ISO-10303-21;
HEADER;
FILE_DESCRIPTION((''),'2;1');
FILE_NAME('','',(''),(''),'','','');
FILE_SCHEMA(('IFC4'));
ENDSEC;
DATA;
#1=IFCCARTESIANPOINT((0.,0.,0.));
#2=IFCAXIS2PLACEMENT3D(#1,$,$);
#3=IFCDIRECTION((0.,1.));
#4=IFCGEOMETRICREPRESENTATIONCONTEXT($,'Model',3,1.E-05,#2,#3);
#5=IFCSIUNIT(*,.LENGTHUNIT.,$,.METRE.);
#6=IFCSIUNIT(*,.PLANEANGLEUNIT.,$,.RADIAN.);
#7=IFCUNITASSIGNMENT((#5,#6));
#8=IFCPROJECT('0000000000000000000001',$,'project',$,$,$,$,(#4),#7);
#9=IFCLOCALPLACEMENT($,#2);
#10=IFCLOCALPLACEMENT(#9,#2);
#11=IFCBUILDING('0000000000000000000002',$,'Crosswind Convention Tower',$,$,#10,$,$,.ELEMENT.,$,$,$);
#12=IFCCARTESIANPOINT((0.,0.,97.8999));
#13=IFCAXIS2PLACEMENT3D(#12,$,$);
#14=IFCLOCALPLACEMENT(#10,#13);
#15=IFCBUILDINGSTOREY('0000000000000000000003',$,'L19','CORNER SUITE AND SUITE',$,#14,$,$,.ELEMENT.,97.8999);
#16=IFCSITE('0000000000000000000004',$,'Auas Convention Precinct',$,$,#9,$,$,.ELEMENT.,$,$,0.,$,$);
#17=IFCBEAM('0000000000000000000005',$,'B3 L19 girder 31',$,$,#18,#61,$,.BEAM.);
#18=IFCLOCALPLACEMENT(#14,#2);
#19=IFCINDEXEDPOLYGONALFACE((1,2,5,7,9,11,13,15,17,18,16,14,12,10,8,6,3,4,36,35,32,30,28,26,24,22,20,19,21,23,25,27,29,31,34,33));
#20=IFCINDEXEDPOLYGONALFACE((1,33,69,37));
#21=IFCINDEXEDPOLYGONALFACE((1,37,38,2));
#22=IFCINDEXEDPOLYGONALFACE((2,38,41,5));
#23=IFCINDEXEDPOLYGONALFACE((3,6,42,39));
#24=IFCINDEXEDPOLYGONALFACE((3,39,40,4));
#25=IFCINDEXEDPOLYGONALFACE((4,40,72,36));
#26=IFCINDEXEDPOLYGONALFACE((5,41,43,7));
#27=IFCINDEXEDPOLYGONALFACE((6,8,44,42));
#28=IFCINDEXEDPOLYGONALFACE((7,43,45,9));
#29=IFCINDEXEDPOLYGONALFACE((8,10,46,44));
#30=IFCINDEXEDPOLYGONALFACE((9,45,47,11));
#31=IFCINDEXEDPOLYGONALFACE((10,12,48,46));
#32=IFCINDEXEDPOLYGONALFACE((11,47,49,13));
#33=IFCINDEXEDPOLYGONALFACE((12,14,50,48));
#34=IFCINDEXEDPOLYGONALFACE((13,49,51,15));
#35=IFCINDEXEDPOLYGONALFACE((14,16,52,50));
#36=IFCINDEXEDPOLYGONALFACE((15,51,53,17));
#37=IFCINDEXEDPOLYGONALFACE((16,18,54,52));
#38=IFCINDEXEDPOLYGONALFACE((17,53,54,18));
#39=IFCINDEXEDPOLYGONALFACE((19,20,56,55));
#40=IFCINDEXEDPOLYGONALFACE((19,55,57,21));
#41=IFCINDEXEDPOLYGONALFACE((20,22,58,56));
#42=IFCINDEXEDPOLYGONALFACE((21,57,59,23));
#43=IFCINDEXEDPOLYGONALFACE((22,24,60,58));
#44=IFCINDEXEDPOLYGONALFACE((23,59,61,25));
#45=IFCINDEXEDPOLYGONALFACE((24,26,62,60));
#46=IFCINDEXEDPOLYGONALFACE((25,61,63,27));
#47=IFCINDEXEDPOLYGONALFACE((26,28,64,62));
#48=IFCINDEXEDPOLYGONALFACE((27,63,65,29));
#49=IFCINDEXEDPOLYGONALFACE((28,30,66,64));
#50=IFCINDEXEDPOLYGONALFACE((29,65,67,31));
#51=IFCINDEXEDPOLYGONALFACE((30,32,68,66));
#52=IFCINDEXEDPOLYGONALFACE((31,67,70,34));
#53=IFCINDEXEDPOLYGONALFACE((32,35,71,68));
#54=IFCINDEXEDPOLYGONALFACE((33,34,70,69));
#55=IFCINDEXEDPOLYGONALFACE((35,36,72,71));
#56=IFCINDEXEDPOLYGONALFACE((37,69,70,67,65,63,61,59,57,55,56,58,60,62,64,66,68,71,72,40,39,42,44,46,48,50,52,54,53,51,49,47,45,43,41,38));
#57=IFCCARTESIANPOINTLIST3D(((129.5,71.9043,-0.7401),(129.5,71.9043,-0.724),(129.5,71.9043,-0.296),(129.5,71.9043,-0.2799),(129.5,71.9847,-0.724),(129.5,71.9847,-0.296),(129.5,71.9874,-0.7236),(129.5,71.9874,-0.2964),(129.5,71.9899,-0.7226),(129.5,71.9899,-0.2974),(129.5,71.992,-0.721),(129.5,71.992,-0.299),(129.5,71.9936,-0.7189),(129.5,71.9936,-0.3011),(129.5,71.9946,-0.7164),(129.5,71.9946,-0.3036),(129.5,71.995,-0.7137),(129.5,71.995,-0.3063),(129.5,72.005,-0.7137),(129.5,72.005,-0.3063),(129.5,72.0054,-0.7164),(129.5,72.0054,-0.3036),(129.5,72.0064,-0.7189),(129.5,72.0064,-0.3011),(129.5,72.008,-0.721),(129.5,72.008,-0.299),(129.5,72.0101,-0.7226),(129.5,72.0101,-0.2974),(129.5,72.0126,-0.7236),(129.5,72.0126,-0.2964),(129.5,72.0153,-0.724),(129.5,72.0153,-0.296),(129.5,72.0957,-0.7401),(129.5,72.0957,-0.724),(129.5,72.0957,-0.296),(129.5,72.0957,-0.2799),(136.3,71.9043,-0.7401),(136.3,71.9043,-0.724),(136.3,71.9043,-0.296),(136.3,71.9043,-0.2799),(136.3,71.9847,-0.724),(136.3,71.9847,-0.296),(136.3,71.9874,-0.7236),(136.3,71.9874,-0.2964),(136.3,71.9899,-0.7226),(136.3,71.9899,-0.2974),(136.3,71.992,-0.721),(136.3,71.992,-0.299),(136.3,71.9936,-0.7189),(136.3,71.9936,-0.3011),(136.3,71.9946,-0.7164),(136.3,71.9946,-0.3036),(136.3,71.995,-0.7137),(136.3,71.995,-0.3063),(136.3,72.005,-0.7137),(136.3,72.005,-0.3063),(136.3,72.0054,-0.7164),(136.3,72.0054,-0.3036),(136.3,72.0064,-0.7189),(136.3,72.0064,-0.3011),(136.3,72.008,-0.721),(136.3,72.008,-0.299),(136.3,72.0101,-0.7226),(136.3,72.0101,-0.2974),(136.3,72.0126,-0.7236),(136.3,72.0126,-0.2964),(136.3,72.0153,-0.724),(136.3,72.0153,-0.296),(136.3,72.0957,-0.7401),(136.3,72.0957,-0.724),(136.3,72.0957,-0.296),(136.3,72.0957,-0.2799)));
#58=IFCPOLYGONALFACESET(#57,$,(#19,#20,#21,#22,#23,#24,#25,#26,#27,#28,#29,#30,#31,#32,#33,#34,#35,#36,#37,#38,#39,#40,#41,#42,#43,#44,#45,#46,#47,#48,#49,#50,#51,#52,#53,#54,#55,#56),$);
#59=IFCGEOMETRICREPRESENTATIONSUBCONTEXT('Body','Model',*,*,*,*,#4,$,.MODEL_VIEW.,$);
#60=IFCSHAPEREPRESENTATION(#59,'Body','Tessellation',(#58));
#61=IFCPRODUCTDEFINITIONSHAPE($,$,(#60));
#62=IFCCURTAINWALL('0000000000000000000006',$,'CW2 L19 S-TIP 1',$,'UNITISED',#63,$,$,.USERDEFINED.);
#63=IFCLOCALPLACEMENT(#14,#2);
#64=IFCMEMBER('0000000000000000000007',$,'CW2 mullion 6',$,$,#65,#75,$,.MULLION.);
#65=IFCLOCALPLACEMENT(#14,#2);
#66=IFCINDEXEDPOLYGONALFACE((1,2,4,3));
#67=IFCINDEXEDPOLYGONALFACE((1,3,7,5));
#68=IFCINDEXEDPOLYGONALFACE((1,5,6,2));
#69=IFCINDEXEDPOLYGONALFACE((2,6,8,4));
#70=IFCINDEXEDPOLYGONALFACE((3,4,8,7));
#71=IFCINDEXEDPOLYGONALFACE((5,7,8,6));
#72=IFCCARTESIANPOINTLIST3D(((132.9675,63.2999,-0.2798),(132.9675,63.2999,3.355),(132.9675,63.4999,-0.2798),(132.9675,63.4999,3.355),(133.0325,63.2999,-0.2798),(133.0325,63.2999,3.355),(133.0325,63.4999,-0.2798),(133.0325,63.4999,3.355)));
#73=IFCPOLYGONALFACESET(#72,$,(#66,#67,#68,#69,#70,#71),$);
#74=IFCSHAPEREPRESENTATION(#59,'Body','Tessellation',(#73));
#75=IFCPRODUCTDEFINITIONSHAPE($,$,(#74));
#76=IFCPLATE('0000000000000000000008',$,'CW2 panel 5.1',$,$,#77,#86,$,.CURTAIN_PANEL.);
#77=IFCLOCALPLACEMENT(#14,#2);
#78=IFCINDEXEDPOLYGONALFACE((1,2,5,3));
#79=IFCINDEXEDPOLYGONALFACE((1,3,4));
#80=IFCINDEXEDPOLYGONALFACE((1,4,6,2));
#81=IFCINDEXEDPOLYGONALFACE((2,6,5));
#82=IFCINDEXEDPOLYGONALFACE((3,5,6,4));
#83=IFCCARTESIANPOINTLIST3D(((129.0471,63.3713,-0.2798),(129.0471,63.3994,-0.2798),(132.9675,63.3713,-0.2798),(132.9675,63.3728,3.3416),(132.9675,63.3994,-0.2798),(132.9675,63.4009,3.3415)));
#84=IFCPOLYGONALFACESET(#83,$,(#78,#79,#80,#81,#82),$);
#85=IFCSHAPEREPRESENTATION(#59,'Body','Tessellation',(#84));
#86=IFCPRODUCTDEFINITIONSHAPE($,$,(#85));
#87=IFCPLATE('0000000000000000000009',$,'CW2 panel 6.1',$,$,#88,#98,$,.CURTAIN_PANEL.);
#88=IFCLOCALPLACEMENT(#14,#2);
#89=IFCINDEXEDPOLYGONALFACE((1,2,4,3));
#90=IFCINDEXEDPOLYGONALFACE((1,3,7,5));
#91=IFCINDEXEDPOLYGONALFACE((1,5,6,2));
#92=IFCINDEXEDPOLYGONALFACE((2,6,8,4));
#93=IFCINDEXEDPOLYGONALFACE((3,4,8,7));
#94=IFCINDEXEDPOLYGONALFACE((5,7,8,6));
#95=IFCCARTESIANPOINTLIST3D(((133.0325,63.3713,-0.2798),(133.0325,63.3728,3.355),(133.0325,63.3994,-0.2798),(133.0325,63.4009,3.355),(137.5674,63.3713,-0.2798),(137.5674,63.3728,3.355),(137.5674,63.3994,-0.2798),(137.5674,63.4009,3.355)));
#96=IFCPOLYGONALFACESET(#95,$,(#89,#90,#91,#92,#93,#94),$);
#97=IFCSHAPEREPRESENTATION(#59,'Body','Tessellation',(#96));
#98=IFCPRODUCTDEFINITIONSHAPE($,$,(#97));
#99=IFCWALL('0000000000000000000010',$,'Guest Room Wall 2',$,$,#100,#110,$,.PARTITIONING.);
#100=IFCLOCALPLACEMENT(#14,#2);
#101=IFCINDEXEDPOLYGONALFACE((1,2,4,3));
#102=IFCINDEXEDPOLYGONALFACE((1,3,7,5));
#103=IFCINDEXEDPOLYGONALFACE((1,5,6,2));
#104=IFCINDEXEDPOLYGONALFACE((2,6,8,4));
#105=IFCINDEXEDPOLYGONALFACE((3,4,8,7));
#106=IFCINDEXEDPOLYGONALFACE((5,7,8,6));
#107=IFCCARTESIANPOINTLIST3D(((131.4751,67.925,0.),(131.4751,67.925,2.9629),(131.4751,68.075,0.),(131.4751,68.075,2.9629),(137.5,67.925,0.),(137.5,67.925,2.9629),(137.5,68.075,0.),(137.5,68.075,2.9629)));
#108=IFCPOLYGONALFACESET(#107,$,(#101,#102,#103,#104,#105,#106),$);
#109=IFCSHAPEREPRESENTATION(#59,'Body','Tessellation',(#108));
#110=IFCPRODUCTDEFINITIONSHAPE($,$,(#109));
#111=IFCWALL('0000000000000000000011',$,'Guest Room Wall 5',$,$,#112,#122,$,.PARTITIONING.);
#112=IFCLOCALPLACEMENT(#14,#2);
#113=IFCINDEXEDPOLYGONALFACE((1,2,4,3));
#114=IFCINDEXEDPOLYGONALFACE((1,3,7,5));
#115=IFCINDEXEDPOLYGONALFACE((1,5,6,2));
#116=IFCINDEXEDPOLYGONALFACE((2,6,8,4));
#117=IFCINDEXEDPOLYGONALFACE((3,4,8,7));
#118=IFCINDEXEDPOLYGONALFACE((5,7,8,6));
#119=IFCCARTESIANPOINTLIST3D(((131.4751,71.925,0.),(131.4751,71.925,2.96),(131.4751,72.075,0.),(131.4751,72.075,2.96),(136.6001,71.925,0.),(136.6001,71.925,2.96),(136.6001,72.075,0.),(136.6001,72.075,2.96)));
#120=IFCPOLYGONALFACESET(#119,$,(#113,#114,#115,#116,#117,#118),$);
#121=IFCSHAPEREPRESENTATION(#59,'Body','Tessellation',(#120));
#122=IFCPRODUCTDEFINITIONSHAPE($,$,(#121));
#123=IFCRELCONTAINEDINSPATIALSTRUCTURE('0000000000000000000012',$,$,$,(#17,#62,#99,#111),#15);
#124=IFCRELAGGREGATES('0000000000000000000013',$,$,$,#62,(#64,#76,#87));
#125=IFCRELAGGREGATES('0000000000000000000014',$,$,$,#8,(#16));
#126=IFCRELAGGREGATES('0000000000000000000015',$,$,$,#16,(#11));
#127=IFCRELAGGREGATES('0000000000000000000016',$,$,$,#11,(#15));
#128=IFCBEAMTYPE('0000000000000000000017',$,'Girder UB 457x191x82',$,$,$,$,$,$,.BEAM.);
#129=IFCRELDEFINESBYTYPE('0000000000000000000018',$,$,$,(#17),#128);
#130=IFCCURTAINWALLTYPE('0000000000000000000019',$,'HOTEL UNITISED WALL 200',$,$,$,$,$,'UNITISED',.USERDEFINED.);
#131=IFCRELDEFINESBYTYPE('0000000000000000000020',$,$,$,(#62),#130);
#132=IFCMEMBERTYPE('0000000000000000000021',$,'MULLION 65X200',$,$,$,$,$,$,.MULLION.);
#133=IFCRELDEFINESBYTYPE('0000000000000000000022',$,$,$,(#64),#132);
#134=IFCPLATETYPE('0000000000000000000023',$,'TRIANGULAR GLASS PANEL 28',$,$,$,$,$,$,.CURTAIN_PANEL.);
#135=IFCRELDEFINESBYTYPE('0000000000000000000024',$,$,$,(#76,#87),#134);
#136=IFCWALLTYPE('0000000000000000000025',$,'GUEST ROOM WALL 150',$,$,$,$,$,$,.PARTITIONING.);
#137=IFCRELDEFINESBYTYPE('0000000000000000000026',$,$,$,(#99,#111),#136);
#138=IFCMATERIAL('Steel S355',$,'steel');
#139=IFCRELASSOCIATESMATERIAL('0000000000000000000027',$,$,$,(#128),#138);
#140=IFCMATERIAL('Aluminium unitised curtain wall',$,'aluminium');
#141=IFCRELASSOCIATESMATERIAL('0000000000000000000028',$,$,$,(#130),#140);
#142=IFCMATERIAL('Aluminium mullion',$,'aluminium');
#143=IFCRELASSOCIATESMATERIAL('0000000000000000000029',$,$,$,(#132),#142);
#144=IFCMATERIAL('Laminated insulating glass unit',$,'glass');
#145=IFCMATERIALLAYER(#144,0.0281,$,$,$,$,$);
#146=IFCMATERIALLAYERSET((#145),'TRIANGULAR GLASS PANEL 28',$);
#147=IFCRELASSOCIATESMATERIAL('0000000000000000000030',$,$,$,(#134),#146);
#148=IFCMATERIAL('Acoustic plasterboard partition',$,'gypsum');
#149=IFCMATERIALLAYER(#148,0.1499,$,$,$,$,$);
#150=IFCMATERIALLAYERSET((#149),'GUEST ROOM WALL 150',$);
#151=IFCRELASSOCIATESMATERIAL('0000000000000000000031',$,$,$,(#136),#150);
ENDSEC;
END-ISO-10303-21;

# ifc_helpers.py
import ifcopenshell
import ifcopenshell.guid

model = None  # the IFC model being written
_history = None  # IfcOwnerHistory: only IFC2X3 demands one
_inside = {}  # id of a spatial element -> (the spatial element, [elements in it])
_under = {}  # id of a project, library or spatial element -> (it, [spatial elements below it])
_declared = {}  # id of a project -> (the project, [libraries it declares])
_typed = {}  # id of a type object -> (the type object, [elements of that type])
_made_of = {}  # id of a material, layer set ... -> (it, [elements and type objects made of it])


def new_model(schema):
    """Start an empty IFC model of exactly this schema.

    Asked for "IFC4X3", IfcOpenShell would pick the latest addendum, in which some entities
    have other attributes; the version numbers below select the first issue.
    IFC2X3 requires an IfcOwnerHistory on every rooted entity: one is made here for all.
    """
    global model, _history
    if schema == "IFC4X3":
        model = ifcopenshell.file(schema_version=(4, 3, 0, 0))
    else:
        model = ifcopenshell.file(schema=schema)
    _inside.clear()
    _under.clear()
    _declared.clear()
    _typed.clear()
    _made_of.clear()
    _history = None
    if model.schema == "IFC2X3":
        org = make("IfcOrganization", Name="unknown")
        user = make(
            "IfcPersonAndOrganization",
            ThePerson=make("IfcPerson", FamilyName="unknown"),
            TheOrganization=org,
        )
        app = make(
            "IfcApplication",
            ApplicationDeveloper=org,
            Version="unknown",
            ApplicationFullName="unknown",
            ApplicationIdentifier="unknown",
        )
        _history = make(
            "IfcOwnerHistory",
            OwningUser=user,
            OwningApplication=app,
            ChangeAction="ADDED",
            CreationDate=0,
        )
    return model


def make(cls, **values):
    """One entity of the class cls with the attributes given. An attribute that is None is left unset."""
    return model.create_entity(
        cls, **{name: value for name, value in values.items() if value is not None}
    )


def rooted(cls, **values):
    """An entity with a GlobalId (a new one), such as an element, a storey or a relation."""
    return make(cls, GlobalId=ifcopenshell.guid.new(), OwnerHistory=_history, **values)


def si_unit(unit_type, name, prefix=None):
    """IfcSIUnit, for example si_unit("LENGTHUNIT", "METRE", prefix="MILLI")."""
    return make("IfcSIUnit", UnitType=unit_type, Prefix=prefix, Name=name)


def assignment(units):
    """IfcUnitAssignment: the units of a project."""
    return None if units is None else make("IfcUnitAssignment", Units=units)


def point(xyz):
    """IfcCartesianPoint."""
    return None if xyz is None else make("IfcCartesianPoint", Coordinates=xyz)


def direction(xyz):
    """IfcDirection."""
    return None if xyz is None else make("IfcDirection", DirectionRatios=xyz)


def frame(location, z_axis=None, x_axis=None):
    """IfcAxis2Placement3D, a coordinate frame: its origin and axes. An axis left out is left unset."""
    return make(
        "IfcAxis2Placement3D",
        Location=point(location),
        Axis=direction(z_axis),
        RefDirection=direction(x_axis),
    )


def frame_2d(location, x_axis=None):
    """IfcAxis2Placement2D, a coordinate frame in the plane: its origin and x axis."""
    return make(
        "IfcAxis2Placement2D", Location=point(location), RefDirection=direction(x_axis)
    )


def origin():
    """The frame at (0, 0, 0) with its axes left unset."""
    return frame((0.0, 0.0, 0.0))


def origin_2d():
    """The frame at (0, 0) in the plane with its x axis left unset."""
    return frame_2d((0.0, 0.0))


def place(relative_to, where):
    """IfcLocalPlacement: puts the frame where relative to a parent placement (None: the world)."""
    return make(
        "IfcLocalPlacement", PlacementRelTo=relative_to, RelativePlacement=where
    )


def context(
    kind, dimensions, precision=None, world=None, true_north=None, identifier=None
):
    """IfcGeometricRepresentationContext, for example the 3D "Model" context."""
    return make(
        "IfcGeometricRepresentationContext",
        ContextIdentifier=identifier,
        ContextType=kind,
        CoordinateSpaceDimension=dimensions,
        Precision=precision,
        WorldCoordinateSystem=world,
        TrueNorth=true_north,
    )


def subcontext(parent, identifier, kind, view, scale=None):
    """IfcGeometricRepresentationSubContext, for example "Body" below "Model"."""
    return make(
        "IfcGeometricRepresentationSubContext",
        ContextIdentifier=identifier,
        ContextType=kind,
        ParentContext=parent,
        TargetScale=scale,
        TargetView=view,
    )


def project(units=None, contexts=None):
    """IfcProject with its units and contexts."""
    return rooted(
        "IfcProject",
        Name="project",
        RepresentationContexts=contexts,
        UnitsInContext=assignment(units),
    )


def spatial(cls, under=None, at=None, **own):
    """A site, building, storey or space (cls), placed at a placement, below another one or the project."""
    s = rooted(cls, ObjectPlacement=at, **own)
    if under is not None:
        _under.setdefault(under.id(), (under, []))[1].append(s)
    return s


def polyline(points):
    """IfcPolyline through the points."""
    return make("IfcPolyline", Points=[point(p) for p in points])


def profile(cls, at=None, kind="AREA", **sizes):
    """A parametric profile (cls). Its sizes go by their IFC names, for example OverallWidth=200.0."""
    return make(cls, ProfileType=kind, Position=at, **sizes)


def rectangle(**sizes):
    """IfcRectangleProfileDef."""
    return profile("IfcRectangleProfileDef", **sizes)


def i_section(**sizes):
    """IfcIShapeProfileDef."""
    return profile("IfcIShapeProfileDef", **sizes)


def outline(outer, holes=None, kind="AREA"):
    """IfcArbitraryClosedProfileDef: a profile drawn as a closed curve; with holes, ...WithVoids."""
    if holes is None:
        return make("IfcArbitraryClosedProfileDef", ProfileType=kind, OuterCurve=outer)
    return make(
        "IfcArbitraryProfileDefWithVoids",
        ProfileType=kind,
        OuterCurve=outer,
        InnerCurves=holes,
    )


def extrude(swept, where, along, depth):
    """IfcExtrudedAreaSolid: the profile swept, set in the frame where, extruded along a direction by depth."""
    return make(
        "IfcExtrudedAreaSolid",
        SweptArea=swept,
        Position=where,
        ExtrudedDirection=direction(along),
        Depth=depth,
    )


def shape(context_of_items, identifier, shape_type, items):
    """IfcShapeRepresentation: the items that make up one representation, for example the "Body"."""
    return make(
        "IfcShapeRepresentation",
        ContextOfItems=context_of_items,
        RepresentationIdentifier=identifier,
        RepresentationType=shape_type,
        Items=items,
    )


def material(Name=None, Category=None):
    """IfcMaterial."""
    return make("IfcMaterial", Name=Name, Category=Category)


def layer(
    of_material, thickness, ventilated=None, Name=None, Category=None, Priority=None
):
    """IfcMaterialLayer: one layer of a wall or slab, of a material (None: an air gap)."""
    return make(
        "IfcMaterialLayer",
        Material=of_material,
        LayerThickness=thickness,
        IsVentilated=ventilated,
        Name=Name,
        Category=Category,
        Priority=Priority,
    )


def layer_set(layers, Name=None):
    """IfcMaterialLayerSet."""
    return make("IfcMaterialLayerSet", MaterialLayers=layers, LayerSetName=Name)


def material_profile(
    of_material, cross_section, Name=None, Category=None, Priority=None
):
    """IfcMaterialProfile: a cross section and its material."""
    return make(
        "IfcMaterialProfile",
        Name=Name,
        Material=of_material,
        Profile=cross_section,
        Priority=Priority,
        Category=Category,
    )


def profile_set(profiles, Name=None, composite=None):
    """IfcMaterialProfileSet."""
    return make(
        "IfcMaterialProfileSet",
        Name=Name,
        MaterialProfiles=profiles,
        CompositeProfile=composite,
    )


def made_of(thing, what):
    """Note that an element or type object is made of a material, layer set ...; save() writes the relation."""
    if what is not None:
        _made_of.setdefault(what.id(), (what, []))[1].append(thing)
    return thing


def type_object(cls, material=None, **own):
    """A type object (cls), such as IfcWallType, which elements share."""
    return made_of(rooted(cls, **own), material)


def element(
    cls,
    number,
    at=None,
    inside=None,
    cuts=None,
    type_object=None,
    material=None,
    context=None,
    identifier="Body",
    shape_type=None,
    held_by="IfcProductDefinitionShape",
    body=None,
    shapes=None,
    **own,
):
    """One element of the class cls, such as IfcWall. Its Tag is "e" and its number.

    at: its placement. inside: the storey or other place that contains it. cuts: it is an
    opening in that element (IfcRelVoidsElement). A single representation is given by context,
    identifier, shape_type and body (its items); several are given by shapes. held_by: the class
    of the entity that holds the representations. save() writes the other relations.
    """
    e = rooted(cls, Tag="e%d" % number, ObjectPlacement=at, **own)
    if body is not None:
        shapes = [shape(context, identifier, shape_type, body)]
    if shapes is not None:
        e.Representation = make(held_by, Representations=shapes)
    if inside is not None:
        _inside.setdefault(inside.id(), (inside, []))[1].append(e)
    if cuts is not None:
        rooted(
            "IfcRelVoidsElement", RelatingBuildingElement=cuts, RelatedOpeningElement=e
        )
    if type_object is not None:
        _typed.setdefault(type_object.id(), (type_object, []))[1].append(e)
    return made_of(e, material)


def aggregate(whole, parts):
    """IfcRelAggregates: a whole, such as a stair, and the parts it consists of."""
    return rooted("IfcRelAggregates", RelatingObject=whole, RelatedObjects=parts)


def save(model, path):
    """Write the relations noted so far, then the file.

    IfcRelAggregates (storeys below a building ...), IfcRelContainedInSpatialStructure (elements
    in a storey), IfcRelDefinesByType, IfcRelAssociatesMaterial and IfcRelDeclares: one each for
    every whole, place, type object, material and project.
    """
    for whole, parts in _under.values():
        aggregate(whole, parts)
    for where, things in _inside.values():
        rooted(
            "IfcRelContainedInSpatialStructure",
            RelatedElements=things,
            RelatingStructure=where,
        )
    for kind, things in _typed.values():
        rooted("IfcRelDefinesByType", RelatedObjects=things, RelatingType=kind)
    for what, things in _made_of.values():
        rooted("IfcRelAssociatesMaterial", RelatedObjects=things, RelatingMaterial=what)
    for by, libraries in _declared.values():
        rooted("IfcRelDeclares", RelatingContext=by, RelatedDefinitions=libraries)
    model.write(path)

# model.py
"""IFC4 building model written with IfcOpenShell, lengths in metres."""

from ifc_helpers import new_model, si_unit, direction, frame, frame_2d, origin, origin_2d, place, context, subcontext, project, spatial, polyline, rectangle, i_section, outline, extrude, material, layer, layer_set, material_profile, profile_set, type_object, element, aggregate, save


model = new_model("IFC4")

# Units and contexts
model_context = context("Model", 3, precision=1e-05, world=origin(), true_north=direction((0.0, 1.0)))
body_context = subcontext(model_context, "Body", "Model", "MODEL_VIEW")
ifc_project = project(units=[si_unit("LENGTHUNIT", "METRE"), si_unit("PLANEANGLEUNIT", "RADIAN")], contexts=[model_context])

# Site, building, storey
site_placement = place(None, origin())
site = spatial("IfcSite", under=ifc_project, at=site_placement, Name="Auas Convention Precinct", CompositionType="ELEMENT", RefElevation=0.0)
building_placement = place(site_placement, origin())
building = spatial("IfcBuilding", under=site, at=building_placement, Name="Crosswind Convention Tower", CompositionType="ELEMENT")
storey_placement = place(building_placement, frame((0.0, 0.0, 97.8999)))
storey = spatial("IfcBuildingStorey", under=building, at=storey_placement, Name="L19", Description="CORNER SUITE AND SUITE", CompositionType="ELEMENT", Elevation=97.8999)

# Beam
ifc_material_1 = material(Name="Steel S355", Category="steel")
ifc_material_profile_1 = material_profile(ifc_material_1, i_section(OverallWidth=0.1914, OverallDepth=0.4602, WebThickness=0.01, FlangeThickness=0.0161, FilletRadius=0.0103, at=origin_2d()), Name="UB 457x191x82")
ifc_profile_set_1 = profile_set([ifc_material_profile_1], Name="Steel S355")
beam_type_1 = type_object("IfcBeamType", Name="Girder UB 457x191x82", PredefinedType="BEAM", material=ifc_profile_set_1)
beam_1_placement = place(storey_placement, frame((129.5, 72.0, -0.51), z_axis=(1.0, 0.0, 0.0), x_axis=(0.0, 1.0, 0.0)))
element("IfcBeam", 1, at=beam_1_placement, inside=storey, type_object=beam_type_1, Name="B3 L19 girder 31", PredefinedType="BEAM", context=body_context, shape_type="SweptSolid", body=[
    extrude(i_section(OverallWidth=0.1914, OverallDepth=0.4602, WebThickness=0.01, FlangeThickness=0.0161, FilletRadius=0.0103, at=origin_2d()), origin(), (0.0, 0.0, 1.0), 6.8),
])

# Curtain wall, member, plates
ifc_material_2 = material(Name="Aluminium unitised curtain wall", Category="aluminium")
curtain_wall_type = type_object("IfcCurtainWallType", Name="HOTEL UNITISED WALL 200", ElementType="UNITISED", PredefinedType="USERDEFINED", material=ifc_material_2)
curtain_wall_placement = place(storey_placement, origin())
curtain_wall = element("IfcCurtainWall", 2, at=curtain_wall_placement, inside=storey, type_object=curtain_wall_type, Name="CW2 L19 S-TIP 1", ObjectType="UNITISED", PredefinedType="USERDEFINED")
ifc_material_3 = material(Name="Aluminium mullion", Category="aluminium")
ifc_material_profile_2 = material_profile(ifc_material_3, rectangle(XDim=0.2, YDim=0.0649, at=origin_2d()), Name="AL 200X65")
ifc_profile_set_2 = profile_set([ifc_material_profile_2], Name="Aluminium mullion")
member_type = type_object("IfcMemberType", Name="MULLION 65X200", PredefinedType="MULLION", material=ifc_profile_set_2)
member_placement = place(storey_placement, frame((133.0, 63.3999, -0.2798), z_axis=(0.0, 0.0, 1.0), x_axis=(0.0, -1.0, 0.0)))
member = element("IfcMember", 3, at=member_placement, type_object=member_type, Name="CW2 mullion 6", PredefinedType="MULLION", context=body_context, shape_type="SweptSolid", body=[
    extrude(rectangle(XDim=0.2, YDim=0.0649, at=origin_2d()), origin(), (0.0, 0.0, 1.0), 3.6348),
])
ifc_material_4 = material(Name="Laminated insulating glass unit", Category="glass")
ifc_layer_1 = layer(ifc_material_4, 0.0281)
ifc_layer_set_1 = layer_set([ifc_layer_1], Name="TRIANGULAR GLASS PANEL 28")
plate_type = type_object("IfcPlateType", Name="TRIANGULAR GLASS PANEL 28", PredefinedType="CURTAIN_PANEL", material=ifc_layer_set_1)
plate_1_placement = place(storey_placement, frame((132.9675, 63.3713, -0.2798), z_axis=(0.0, -1.0, 0.000405), x_axis=(0.0, 0.000405, 1.0)))
plate_1 = element("IfcPlate", 4, at=plate_1_placement, type_object=plate_type, Name="CW2 panel 5.1", PredefinedType="CURTAIN_PANEL", context=body_context, shape_type="SweptSolid", body=[
    extrude(outline(polyline([(0.0, 0.0), (3.6213, 0.0), (0.0, 3.9204), (0.0, 0.0)])), origin(), (0.0, 0.0, -1.0), 0.0281),
])
plate_2_placement = place(storey_placement, frame((133.0325, 63.3713, -0.2798), z_axis=(0.0, -1.0, 0.000403), x_axis=(1.0, 0.0, 0.0)))
plate_2 = element("IfcPlate", 5, at=plate_2_placement, type_object=plate_type, Name="CW2 panel 6.1", PredefinedType="CURTAIN_PANEL", context=body_context, shape_type="SweptSolid", body=[
    extrude(outline(polyline([(0.0, 0.0), (4.5349, 0.0), (4.5349, 3.6348), (0.0, 3.6348), (0.0, 0.0)])), origin(), (0.0, 0.0, -1.0), 0.0281),
])
aggregate(curtain_wall, [member, plate_1, plate_2])

# Walls
ifc_material_5 = material(Name="Acoustic plasterboard partition", Category="gypsum")
ifc_layer_2 = layer(ifc_material_5, 0.1499)
ifc_layer_set_2 = layer_set([ifc_layer_2], Name="GUEST ROOM WALL 150")
wall_type_1 = type_object("IfcWallType", Name="GUEST ROOM WALL 150", PredefinedType="PARTITIONING", material=ifc_layer_set_2)
wall_1_placement = place(storey_placement, frame((131.4751, 68.0, 0.0), z_axis=(0.0, 0.0, 1.0), x_axis=(1.0, 0.0, 0.0)))
element("IfcWall", 6, at=wall_1_placement, inside=storey, type_object=wall_type_1, Name="Guest Room Wall 2", PredefinedType="PARTITIONING", context=body_context, shape_type="SweptSolid", body=[
    extrude(rectangle(XDim=6.0249, YDim=0.1499, at=frame_2d((3.0125, 0.0))), origin(), (0.0, 0.0, 1.0), 2.9629),
])
wall_2_placement = place(storey_placement, frame((131.4751, 72.0, 0.0), z_axis=(0.0, 0.0, 1.0), x_axis=(1.0, 0.0, 0.0)))
element("IfcWall", 7, at=wall_2_placement, inside=storey, type_object=wall_type_1, Name="Guest Room Wall 5", PredefinedType="PARTITIONING", context=body_context, shape_type="SweptSolid", body=[
    extrude(rectangle(XDim=5.125, YDim=0.1499, at=frame_2d((2.5625, 0.0))), origin(), (0.0, 0.0, 1.0), 2.96),
])

save(model, "model.ifc")
